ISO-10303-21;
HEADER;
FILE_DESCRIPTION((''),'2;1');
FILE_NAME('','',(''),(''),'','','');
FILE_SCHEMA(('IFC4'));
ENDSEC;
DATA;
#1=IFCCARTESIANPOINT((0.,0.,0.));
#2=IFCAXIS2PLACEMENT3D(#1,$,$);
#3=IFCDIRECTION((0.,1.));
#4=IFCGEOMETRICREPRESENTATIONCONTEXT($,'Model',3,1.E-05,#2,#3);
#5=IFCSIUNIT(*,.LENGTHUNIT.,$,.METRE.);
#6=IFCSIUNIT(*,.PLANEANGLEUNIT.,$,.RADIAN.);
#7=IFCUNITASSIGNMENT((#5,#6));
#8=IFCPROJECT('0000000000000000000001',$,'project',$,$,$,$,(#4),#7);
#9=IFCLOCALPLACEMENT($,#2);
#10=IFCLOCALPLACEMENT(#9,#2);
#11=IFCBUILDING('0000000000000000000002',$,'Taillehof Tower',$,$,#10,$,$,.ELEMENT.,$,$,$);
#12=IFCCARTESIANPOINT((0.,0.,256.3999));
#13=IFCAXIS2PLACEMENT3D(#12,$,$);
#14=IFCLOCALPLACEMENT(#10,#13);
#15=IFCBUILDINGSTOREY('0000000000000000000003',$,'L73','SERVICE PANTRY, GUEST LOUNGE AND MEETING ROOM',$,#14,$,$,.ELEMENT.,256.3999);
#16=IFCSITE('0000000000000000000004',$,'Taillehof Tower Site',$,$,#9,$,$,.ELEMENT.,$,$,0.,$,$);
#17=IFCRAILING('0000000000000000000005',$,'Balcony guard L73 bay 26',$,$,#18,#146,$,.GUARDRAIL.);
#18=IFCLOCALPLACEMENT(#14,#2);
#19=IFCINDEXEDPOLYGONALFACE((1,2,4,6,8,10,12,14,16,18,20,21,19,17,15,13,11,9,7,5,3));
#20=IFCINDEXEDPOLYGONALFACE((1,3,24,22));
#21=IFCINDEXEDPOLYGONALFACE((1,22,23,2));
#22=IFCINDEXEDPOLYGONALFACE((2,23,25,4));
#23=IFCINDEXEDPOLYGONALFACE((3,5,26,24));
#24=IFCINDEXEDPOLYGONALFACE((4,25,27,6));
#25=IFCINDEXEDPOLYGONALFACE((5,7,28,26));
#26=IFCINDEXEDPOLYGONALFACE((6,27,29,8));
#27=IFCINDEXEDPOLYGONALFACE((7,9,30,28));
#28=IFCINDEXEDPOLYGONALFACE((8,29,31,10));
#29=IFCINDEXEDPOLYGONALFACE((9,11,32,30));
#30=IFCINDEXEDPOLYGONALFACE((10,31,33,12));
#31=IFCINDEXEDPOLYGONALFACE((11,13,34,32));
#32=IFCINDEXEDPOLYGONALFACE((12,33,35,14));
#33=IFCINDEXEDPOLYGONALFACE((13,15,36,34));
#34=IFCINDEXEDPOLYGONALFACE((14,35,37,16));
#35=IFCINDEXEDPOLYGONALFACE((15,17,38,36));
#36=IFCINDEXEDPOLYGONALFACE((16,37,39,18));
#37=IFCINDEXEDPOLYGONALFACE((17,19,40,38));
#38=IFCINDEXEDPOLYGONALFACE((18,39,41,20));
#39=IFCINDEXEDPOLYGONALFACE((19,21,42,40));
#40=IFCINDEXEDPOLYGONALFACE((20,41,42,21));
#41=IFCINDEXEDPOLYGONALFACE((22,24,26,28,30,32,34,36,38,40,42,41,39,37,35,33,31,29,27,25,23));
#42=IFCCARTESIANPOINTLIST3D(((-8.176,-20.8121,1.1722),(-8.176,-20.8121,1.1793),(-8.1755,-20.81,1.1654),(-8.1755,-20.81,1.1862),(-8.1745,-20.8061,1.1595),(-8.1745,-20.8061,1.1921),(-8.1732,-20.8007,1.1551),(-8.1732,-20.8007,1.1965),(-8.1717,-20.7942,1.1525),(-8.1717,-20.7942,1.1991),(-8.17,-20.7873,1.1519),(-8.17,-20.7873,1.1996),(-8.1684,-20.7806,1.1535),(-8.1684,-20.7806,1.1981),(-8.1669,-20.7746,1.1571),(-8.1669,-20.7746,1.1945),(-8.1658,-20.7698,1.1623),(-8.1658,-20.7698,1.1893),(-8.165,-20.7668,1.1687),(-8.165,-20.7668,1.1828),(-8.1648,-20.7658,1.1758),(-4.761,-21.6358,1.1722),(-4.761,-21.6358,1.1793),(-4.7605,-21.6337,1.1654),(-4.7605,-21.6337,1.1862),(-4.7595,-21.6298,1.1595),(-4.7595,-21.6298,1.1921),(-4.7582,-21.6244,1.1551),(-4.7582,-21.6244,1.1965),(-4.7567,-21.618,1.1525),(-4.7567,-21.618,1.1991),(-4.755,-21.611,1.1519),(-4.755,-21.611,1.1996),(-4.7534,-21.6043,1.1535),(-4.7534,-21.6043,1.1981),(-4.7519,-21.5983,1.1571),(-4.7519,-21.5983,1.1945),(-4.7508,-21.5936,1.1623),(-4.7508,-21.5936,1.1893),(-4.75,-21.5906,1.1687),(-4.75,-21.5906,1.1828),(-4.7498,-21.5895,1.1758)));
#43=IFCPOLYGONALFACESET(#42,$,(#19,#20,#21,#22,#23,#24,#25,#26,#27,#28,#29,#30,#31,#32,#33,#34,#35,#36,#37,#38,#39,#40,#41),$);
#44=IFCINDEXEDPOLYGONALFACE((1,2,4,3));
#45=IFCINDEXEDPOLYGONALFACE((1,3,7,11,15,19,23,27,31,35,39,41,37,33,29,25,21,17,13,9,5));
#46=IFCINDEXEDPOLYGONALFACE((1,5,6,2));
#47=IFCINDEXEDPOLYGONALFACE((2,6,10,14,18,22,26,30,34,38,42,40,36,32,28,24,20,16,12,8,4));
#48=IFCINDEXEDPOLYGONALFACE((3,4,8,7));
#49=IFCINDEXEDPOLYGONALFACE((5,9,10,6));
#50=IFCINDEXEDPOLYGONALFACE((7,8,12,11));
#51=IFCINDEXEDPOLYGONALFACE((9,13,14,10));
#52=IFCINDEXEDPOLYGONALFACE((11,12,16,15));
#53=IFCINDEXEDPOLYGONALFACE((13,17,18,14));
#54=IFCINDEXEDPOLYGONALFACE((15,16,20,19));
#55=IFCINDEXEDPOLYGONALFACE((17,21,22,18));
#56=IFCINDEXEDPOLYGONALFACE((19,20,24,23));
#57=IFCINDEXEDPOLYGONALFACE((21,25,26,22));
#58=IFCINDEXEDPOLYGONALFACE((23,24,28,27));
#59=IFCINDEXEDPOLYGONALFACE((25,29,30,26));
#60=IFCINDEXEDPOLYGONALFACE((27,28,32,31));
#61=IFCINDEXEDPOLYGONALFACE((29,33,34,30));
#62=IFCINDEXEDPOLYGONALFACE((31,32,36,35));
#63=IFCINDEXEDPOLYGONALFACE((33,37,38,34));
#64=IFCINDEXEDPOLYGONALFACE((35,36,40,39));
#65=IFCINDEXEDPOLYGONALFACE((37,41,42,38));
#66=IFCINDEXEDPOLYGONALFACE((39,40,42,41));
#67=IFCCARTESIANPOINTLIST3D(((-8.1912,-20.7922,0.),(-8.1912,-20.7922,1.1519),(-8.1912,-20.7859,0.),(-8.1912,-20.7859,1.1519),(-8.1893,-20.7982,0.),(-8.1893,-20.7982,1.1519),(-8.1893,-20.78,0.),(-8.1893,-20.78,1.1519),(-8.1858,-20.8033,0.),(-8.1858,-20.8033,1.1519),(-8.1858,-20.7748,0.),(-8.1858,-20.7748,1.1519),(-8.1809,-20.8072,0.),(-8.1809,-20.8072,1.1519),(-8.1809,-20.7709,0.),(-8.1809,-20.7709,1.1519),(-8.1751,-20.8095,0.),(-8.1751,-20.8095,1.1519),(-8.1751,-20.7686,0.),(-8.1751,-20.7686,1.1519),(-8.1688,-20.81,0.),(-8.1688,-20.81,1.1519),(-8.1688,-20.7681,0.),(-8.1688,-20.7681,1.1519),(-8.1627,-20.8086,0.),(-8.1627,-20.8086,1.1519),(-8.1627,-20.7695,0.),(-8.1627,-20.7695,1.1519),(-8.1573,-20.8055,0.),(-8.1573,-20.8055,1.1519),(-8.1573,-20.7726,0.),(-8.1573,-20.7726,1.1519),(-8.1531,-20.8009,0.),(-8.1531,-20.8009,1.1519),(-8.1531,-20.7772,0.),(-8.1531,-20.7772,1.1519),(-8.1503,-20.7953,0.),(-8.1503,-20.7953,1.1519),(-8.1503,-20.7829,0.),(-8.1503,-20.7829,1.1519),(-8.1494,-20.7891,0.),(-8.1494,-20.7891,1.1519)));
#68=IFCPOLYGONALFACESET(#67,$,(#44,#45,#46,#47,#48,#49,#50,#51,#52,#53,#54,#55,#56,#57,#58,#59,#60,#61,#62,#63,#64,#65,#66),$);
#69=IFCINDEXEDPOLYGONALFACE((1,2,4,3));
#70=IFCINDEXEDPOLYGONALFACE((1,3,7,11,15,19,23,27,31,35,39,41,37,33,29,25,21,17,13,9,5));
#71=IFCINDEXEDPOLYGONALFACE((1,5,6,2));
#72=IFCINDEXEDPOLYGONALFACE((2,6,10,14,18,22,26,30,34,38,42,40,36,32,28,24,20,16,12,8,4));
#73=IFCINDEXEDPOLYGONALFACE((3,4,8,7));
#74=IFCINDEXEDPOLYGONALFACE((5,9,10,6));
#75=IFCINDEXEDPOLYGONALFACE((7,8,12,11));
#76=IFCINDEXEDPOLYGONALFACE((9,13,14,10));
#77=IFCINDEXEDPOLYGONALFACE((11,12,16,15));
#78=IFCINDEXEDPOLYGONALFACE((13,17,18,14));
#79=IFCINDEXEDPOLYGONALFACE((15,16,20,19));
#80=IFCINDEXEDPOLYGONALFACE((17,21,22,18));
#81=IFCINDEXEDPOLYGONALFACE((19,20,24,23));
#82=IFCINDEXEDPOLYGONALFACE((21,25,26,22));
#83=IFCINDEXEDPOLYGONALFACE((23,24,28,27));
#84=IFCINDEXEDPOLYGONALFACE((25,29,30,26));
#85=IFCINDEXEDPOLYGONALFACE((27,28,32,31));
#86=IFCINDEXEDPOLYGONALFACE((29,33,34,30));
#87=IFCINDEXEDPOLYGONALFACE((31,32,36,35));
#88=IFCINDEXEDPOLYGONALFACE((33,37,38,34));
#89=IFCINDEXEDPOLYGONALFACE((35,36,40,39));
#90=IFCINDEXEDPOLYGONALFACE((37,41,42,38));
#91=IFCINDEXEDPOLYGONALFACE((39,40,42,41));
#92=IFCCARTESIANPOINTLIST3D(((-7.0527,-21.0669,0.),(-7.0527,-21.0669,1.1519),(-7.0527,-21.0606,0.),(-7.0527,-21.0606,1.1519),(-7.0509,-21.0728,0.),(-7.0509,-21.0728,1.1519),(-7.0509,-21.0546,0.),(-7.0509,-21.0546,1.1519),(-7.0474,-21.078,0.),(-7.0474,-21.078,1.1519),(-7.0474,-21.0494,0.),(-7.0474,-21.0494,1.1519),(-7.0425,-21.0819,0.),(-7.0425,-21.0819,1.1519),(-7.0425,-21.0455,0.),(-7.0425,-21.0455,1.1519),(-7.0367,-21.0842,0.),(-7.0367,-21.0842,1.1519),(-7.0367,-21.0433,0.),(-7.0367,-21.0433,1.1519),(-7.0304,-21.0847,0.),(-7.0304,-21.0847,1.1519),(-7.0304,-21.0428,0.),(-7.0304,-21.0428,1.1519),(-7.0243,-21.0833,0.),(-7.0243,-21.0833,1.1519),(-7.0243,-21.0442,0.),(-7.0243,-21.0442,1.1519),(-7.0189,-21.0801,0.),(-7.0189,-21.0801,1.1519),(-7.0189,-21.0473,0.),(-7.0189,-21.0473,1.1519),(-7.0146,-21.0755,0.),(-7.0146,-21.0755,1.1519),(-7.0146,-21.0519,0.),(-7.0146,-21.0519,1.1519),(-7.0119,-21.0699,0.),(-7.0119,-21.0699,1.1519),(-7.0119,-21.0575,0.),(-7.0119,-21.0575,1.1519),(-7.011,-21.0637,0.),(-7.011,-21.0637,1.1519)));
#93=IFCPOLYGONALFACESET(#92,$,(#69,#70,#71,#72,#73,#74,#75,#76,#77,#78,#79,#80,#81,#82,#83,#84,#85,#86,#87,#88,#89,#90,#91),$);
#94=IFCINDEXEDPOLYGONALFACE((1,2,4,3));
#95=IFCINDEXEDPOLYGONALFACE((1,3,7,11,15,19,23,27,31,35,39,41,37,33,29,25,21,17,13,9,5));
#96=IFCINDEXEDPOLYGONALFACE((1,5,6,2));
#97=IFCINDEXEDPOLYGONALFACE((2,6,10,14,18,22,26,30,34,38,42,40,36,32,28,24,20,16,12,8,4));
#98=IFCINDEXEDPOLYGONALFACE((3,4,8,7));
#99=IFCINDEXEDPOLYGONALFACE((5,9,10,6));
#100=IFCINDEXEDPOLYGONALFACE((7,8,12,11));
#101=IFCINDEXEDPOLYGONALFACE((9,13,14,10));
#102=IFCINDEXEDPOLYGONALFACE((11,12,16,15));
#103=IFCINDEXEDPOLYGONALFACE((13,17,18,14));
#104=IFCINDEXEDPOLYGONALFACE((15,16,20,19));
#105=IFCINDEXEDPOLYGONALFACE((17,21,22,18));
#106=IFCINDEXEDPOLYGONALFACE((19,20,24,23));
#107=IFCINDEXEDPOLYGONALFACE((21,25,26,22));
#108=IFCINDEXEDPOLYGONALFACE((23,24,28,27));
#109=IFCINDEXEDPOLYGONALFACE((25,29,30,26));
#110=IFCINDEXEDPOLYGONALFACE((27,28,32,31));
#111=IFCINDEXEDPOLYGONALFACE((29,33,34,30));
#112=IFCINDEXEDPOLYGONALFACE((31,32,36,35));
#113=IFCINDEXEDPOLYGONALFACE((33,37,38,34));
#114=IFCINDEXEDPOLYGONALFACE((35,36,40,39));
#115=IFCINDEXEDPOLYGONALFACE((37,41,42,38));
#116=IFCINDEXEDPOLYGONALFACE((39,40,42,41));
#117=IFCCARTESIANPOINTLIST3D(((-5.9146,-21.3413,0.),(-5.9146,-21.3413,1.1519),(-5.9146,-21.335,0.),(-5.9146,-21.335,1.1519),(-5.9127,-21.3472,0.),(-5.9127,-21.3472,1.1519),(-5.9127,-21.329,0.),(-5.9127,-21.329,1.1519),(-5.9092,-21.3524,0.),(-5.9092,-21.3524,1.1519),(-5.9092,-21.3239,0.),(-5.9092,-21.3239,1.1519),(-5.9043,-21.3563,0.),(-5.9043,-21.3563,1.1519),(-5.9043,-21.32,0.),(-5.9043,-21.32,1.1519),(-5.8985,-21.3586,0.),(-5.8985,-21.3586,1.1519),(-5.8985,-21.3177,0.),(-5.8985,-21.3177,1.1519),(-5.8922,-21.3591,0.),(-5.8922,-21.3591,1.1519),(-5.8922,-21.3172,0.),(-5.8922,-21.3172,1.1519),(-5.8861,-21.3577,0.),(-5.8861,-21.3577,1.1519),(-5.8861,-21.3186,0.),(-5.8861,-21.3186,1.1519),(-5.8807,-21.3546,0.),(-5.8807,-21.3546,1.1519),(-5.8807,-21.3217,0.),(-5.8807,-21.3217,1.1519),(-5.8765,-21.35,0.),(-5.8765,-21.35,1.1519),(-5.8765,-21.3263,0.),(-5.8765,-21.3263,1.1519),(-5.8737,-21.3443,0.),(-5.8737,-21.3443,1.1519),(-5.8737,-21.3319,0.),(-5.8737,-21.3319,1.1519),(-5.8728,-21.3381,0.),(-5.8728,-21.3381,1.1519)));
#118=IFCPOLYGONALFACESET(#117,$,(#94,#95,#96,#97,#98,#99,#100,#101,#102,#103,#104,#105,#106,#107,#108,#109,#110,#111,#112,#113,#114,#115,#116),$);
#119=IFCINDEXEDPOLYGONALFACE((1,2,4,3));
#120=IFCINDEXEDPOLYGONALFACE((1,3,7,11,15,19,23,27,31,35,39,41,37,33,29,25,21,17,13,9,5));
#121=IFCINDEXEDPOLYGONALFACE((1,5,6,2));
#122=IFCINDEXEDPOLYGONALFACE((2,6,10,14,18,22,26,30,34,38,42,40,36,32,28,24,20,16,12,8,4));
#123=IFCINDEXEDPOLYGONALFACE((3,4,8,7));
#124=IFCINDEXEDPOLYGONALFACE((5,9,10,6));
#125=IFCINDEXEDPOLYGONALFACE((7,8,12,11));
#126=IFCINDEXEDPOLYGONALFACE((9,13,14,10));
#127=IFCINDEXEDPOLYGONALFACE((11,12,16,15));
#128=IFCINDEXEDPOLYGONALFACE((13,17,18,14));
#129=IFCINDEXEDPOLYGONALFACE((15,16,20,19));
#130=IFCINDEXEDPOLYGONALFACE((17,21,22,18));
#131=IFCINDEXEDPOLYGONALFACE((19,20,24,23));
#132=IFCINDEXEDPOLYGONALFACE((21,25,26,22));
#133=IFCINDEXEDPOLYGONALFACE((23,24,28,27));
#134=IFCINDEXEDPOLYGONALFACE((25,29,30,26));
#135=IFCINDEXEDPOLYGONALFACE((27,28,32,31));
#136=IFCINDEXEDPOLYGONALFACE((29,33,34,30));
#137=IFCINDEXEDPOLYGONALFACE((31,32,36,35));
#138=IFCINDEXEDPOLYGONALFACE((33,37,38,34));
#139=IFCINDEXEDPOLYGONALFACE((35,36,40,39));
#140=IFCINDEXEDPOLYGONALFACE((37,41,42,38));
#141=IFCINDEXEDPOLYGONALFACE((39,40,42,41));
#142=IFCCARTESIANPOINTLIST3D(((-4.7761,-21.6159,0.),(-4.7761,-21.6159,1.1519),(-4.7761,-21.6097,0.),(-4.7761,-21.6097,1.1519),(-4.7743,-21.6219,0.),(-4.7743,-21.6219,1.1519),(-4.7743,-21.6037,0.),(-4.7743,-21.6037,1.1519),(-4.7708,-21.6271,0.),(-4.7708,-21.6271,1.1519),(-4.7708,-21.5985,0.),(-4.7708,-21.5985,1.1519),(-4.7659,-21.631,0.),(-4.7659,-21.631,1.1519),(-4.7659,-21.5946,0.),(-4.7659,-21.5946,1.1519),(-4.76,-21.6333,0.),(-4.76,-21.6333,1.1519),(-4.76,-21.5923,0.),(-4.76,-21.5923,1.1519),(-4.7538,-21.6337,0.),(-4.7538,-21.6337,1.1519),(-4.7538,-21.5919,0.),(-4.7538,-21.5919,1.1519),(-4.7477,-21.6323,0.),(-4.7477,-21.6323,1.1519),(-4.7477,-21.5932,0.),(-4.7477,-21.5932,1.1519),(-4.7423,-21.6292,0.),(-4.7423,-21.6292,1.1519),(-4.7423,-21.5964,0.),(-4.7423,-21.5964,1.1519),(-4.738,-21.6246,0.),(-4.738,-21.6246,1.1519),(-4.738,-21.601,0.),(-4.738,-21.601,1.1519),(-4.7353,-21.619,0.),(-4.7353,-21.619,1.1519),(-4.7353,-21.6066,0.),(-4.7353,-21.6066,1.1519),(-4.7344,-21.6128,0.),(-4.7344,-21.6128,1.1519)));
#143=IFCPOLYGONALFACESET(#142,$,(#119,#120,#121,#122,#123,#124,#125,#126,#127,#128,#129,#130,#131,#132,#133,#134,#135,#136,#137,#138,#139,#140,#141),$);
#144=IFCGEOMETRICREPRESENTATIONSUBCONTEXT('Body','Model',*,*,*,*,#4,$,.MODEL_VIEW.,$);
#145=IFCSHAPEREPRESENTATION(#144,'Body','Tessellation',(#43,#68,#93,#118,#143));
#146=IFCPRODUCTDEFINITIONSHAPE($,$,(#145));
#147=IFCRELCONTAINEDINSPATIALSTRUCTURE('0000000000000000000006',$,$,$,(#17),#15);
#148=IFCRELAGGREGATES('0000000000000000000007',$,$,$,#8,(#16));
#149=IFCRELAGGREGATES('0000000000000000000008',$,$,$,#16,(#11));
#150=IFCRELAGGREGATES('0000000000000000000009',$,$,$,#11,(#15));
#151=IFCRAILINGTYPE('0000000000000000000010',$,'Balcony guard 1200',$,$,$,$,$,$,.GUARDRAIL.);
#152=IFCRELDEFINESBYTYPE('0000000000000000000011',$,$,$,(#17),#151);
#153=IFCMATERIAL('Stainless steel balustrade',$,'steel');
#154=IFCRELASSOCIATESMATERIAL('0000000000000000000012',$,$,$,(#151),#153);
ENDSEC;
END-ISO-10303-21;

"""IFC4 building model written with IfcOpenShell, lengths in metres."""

from ifc_helpers import new_model, si_unit, direction, frame, origin, origin_2d, place, context, subcontext, project, spatial, circle, extrude, material, type_object, element, save


model = new_model("IFC4")

# Units and contexts
model_context = context("Model", 3, precision=1e-05, world=origin(), true_north=direction((0.0, 1.0)))
body_context = subcontext(model_context, "Body", "Model", "MODEL_VIEW")
ifc_project = project(units=[si_unit("LENGTHUNIT", "METRE"), si_unit("PLANEANGLEUNIT", "RADIAN")], contexts=[model_context])

# Site, building, storey
site_placement = place(None, origin())
site = spatial("IfcSite", under=ifc_project, at=site_placement, Name="Taillehof Tower Site", CompositionType="ELEMENT", RefElevation=0.0)
building_placement = place(site_placement, origin())
building = spatial("IfcBuilding", under=site, at=building_placement, Name="Taillehof Tower", CompositionType="ELEMENT")
storey_placement = place(building_placement, frame((0.0, 0.0, 256.3999)))
storey = spatial("IfcBuildingStorey", under=building, at=storey_placement, Name="L73", Description="SERVICE PANTRY, GUEST LOUNGE AND MEETING ROOM", CompositionType="ELEMENT", Elevation=256.3999)

# Railing
ifc_material_1 = material(Name="Stainless steel balustrade", Category="steel")
railing_type = type_object("IfcRailingType", Name="Balcony guard 1200", PredefinedType="GUARDRAIL", material=ifc_material_1)
railing_1_placement = place(storey_placement, frame((-8.1704, -20.7891, 0.0)))
element("IfcRailing", 1, at=railing_1_placement, inside=storey, type_object=railing_type, Name="Balcony guard L73 bay 26", PredefinedType="GUARDRAIL", context=body_context, shape_type="SweptSolid", body=[
    extrude(circle(Radius=0.0239, at=origin_2d()), frame((0.0, 0.0, 1.1758), z_axis=(0.97212, -0.234482, 0.0), x_axis=(0.234482, 0.97212, 0.0)), (0.0, 0.0, 1.0), 3.5129),
    extrude(circle(Radius=0.021, at=origin_2d()), origin(), (0.0, 0.0, 1.0), 1.1519),
    extrude(circle(Radius=0.021, at=origin_2d()), frame((1.1384, -0.2747, 0.0)), (0.0, 0.0, 1.0), 1.1519),
    extrude(circle(Radius=0.021, at=origin_2d()), frame((2.2766, -0.5491, 0.0)), (0.0, 0.0, 1.0), 1.1519),
    extrude(circle(Radius=0.021, at=origin_2d()), frame((3.415, -0.8237, 0.0)), (0.0, 0.0, 1.0), 1.1519),
])

save(model, "model.ifc")
